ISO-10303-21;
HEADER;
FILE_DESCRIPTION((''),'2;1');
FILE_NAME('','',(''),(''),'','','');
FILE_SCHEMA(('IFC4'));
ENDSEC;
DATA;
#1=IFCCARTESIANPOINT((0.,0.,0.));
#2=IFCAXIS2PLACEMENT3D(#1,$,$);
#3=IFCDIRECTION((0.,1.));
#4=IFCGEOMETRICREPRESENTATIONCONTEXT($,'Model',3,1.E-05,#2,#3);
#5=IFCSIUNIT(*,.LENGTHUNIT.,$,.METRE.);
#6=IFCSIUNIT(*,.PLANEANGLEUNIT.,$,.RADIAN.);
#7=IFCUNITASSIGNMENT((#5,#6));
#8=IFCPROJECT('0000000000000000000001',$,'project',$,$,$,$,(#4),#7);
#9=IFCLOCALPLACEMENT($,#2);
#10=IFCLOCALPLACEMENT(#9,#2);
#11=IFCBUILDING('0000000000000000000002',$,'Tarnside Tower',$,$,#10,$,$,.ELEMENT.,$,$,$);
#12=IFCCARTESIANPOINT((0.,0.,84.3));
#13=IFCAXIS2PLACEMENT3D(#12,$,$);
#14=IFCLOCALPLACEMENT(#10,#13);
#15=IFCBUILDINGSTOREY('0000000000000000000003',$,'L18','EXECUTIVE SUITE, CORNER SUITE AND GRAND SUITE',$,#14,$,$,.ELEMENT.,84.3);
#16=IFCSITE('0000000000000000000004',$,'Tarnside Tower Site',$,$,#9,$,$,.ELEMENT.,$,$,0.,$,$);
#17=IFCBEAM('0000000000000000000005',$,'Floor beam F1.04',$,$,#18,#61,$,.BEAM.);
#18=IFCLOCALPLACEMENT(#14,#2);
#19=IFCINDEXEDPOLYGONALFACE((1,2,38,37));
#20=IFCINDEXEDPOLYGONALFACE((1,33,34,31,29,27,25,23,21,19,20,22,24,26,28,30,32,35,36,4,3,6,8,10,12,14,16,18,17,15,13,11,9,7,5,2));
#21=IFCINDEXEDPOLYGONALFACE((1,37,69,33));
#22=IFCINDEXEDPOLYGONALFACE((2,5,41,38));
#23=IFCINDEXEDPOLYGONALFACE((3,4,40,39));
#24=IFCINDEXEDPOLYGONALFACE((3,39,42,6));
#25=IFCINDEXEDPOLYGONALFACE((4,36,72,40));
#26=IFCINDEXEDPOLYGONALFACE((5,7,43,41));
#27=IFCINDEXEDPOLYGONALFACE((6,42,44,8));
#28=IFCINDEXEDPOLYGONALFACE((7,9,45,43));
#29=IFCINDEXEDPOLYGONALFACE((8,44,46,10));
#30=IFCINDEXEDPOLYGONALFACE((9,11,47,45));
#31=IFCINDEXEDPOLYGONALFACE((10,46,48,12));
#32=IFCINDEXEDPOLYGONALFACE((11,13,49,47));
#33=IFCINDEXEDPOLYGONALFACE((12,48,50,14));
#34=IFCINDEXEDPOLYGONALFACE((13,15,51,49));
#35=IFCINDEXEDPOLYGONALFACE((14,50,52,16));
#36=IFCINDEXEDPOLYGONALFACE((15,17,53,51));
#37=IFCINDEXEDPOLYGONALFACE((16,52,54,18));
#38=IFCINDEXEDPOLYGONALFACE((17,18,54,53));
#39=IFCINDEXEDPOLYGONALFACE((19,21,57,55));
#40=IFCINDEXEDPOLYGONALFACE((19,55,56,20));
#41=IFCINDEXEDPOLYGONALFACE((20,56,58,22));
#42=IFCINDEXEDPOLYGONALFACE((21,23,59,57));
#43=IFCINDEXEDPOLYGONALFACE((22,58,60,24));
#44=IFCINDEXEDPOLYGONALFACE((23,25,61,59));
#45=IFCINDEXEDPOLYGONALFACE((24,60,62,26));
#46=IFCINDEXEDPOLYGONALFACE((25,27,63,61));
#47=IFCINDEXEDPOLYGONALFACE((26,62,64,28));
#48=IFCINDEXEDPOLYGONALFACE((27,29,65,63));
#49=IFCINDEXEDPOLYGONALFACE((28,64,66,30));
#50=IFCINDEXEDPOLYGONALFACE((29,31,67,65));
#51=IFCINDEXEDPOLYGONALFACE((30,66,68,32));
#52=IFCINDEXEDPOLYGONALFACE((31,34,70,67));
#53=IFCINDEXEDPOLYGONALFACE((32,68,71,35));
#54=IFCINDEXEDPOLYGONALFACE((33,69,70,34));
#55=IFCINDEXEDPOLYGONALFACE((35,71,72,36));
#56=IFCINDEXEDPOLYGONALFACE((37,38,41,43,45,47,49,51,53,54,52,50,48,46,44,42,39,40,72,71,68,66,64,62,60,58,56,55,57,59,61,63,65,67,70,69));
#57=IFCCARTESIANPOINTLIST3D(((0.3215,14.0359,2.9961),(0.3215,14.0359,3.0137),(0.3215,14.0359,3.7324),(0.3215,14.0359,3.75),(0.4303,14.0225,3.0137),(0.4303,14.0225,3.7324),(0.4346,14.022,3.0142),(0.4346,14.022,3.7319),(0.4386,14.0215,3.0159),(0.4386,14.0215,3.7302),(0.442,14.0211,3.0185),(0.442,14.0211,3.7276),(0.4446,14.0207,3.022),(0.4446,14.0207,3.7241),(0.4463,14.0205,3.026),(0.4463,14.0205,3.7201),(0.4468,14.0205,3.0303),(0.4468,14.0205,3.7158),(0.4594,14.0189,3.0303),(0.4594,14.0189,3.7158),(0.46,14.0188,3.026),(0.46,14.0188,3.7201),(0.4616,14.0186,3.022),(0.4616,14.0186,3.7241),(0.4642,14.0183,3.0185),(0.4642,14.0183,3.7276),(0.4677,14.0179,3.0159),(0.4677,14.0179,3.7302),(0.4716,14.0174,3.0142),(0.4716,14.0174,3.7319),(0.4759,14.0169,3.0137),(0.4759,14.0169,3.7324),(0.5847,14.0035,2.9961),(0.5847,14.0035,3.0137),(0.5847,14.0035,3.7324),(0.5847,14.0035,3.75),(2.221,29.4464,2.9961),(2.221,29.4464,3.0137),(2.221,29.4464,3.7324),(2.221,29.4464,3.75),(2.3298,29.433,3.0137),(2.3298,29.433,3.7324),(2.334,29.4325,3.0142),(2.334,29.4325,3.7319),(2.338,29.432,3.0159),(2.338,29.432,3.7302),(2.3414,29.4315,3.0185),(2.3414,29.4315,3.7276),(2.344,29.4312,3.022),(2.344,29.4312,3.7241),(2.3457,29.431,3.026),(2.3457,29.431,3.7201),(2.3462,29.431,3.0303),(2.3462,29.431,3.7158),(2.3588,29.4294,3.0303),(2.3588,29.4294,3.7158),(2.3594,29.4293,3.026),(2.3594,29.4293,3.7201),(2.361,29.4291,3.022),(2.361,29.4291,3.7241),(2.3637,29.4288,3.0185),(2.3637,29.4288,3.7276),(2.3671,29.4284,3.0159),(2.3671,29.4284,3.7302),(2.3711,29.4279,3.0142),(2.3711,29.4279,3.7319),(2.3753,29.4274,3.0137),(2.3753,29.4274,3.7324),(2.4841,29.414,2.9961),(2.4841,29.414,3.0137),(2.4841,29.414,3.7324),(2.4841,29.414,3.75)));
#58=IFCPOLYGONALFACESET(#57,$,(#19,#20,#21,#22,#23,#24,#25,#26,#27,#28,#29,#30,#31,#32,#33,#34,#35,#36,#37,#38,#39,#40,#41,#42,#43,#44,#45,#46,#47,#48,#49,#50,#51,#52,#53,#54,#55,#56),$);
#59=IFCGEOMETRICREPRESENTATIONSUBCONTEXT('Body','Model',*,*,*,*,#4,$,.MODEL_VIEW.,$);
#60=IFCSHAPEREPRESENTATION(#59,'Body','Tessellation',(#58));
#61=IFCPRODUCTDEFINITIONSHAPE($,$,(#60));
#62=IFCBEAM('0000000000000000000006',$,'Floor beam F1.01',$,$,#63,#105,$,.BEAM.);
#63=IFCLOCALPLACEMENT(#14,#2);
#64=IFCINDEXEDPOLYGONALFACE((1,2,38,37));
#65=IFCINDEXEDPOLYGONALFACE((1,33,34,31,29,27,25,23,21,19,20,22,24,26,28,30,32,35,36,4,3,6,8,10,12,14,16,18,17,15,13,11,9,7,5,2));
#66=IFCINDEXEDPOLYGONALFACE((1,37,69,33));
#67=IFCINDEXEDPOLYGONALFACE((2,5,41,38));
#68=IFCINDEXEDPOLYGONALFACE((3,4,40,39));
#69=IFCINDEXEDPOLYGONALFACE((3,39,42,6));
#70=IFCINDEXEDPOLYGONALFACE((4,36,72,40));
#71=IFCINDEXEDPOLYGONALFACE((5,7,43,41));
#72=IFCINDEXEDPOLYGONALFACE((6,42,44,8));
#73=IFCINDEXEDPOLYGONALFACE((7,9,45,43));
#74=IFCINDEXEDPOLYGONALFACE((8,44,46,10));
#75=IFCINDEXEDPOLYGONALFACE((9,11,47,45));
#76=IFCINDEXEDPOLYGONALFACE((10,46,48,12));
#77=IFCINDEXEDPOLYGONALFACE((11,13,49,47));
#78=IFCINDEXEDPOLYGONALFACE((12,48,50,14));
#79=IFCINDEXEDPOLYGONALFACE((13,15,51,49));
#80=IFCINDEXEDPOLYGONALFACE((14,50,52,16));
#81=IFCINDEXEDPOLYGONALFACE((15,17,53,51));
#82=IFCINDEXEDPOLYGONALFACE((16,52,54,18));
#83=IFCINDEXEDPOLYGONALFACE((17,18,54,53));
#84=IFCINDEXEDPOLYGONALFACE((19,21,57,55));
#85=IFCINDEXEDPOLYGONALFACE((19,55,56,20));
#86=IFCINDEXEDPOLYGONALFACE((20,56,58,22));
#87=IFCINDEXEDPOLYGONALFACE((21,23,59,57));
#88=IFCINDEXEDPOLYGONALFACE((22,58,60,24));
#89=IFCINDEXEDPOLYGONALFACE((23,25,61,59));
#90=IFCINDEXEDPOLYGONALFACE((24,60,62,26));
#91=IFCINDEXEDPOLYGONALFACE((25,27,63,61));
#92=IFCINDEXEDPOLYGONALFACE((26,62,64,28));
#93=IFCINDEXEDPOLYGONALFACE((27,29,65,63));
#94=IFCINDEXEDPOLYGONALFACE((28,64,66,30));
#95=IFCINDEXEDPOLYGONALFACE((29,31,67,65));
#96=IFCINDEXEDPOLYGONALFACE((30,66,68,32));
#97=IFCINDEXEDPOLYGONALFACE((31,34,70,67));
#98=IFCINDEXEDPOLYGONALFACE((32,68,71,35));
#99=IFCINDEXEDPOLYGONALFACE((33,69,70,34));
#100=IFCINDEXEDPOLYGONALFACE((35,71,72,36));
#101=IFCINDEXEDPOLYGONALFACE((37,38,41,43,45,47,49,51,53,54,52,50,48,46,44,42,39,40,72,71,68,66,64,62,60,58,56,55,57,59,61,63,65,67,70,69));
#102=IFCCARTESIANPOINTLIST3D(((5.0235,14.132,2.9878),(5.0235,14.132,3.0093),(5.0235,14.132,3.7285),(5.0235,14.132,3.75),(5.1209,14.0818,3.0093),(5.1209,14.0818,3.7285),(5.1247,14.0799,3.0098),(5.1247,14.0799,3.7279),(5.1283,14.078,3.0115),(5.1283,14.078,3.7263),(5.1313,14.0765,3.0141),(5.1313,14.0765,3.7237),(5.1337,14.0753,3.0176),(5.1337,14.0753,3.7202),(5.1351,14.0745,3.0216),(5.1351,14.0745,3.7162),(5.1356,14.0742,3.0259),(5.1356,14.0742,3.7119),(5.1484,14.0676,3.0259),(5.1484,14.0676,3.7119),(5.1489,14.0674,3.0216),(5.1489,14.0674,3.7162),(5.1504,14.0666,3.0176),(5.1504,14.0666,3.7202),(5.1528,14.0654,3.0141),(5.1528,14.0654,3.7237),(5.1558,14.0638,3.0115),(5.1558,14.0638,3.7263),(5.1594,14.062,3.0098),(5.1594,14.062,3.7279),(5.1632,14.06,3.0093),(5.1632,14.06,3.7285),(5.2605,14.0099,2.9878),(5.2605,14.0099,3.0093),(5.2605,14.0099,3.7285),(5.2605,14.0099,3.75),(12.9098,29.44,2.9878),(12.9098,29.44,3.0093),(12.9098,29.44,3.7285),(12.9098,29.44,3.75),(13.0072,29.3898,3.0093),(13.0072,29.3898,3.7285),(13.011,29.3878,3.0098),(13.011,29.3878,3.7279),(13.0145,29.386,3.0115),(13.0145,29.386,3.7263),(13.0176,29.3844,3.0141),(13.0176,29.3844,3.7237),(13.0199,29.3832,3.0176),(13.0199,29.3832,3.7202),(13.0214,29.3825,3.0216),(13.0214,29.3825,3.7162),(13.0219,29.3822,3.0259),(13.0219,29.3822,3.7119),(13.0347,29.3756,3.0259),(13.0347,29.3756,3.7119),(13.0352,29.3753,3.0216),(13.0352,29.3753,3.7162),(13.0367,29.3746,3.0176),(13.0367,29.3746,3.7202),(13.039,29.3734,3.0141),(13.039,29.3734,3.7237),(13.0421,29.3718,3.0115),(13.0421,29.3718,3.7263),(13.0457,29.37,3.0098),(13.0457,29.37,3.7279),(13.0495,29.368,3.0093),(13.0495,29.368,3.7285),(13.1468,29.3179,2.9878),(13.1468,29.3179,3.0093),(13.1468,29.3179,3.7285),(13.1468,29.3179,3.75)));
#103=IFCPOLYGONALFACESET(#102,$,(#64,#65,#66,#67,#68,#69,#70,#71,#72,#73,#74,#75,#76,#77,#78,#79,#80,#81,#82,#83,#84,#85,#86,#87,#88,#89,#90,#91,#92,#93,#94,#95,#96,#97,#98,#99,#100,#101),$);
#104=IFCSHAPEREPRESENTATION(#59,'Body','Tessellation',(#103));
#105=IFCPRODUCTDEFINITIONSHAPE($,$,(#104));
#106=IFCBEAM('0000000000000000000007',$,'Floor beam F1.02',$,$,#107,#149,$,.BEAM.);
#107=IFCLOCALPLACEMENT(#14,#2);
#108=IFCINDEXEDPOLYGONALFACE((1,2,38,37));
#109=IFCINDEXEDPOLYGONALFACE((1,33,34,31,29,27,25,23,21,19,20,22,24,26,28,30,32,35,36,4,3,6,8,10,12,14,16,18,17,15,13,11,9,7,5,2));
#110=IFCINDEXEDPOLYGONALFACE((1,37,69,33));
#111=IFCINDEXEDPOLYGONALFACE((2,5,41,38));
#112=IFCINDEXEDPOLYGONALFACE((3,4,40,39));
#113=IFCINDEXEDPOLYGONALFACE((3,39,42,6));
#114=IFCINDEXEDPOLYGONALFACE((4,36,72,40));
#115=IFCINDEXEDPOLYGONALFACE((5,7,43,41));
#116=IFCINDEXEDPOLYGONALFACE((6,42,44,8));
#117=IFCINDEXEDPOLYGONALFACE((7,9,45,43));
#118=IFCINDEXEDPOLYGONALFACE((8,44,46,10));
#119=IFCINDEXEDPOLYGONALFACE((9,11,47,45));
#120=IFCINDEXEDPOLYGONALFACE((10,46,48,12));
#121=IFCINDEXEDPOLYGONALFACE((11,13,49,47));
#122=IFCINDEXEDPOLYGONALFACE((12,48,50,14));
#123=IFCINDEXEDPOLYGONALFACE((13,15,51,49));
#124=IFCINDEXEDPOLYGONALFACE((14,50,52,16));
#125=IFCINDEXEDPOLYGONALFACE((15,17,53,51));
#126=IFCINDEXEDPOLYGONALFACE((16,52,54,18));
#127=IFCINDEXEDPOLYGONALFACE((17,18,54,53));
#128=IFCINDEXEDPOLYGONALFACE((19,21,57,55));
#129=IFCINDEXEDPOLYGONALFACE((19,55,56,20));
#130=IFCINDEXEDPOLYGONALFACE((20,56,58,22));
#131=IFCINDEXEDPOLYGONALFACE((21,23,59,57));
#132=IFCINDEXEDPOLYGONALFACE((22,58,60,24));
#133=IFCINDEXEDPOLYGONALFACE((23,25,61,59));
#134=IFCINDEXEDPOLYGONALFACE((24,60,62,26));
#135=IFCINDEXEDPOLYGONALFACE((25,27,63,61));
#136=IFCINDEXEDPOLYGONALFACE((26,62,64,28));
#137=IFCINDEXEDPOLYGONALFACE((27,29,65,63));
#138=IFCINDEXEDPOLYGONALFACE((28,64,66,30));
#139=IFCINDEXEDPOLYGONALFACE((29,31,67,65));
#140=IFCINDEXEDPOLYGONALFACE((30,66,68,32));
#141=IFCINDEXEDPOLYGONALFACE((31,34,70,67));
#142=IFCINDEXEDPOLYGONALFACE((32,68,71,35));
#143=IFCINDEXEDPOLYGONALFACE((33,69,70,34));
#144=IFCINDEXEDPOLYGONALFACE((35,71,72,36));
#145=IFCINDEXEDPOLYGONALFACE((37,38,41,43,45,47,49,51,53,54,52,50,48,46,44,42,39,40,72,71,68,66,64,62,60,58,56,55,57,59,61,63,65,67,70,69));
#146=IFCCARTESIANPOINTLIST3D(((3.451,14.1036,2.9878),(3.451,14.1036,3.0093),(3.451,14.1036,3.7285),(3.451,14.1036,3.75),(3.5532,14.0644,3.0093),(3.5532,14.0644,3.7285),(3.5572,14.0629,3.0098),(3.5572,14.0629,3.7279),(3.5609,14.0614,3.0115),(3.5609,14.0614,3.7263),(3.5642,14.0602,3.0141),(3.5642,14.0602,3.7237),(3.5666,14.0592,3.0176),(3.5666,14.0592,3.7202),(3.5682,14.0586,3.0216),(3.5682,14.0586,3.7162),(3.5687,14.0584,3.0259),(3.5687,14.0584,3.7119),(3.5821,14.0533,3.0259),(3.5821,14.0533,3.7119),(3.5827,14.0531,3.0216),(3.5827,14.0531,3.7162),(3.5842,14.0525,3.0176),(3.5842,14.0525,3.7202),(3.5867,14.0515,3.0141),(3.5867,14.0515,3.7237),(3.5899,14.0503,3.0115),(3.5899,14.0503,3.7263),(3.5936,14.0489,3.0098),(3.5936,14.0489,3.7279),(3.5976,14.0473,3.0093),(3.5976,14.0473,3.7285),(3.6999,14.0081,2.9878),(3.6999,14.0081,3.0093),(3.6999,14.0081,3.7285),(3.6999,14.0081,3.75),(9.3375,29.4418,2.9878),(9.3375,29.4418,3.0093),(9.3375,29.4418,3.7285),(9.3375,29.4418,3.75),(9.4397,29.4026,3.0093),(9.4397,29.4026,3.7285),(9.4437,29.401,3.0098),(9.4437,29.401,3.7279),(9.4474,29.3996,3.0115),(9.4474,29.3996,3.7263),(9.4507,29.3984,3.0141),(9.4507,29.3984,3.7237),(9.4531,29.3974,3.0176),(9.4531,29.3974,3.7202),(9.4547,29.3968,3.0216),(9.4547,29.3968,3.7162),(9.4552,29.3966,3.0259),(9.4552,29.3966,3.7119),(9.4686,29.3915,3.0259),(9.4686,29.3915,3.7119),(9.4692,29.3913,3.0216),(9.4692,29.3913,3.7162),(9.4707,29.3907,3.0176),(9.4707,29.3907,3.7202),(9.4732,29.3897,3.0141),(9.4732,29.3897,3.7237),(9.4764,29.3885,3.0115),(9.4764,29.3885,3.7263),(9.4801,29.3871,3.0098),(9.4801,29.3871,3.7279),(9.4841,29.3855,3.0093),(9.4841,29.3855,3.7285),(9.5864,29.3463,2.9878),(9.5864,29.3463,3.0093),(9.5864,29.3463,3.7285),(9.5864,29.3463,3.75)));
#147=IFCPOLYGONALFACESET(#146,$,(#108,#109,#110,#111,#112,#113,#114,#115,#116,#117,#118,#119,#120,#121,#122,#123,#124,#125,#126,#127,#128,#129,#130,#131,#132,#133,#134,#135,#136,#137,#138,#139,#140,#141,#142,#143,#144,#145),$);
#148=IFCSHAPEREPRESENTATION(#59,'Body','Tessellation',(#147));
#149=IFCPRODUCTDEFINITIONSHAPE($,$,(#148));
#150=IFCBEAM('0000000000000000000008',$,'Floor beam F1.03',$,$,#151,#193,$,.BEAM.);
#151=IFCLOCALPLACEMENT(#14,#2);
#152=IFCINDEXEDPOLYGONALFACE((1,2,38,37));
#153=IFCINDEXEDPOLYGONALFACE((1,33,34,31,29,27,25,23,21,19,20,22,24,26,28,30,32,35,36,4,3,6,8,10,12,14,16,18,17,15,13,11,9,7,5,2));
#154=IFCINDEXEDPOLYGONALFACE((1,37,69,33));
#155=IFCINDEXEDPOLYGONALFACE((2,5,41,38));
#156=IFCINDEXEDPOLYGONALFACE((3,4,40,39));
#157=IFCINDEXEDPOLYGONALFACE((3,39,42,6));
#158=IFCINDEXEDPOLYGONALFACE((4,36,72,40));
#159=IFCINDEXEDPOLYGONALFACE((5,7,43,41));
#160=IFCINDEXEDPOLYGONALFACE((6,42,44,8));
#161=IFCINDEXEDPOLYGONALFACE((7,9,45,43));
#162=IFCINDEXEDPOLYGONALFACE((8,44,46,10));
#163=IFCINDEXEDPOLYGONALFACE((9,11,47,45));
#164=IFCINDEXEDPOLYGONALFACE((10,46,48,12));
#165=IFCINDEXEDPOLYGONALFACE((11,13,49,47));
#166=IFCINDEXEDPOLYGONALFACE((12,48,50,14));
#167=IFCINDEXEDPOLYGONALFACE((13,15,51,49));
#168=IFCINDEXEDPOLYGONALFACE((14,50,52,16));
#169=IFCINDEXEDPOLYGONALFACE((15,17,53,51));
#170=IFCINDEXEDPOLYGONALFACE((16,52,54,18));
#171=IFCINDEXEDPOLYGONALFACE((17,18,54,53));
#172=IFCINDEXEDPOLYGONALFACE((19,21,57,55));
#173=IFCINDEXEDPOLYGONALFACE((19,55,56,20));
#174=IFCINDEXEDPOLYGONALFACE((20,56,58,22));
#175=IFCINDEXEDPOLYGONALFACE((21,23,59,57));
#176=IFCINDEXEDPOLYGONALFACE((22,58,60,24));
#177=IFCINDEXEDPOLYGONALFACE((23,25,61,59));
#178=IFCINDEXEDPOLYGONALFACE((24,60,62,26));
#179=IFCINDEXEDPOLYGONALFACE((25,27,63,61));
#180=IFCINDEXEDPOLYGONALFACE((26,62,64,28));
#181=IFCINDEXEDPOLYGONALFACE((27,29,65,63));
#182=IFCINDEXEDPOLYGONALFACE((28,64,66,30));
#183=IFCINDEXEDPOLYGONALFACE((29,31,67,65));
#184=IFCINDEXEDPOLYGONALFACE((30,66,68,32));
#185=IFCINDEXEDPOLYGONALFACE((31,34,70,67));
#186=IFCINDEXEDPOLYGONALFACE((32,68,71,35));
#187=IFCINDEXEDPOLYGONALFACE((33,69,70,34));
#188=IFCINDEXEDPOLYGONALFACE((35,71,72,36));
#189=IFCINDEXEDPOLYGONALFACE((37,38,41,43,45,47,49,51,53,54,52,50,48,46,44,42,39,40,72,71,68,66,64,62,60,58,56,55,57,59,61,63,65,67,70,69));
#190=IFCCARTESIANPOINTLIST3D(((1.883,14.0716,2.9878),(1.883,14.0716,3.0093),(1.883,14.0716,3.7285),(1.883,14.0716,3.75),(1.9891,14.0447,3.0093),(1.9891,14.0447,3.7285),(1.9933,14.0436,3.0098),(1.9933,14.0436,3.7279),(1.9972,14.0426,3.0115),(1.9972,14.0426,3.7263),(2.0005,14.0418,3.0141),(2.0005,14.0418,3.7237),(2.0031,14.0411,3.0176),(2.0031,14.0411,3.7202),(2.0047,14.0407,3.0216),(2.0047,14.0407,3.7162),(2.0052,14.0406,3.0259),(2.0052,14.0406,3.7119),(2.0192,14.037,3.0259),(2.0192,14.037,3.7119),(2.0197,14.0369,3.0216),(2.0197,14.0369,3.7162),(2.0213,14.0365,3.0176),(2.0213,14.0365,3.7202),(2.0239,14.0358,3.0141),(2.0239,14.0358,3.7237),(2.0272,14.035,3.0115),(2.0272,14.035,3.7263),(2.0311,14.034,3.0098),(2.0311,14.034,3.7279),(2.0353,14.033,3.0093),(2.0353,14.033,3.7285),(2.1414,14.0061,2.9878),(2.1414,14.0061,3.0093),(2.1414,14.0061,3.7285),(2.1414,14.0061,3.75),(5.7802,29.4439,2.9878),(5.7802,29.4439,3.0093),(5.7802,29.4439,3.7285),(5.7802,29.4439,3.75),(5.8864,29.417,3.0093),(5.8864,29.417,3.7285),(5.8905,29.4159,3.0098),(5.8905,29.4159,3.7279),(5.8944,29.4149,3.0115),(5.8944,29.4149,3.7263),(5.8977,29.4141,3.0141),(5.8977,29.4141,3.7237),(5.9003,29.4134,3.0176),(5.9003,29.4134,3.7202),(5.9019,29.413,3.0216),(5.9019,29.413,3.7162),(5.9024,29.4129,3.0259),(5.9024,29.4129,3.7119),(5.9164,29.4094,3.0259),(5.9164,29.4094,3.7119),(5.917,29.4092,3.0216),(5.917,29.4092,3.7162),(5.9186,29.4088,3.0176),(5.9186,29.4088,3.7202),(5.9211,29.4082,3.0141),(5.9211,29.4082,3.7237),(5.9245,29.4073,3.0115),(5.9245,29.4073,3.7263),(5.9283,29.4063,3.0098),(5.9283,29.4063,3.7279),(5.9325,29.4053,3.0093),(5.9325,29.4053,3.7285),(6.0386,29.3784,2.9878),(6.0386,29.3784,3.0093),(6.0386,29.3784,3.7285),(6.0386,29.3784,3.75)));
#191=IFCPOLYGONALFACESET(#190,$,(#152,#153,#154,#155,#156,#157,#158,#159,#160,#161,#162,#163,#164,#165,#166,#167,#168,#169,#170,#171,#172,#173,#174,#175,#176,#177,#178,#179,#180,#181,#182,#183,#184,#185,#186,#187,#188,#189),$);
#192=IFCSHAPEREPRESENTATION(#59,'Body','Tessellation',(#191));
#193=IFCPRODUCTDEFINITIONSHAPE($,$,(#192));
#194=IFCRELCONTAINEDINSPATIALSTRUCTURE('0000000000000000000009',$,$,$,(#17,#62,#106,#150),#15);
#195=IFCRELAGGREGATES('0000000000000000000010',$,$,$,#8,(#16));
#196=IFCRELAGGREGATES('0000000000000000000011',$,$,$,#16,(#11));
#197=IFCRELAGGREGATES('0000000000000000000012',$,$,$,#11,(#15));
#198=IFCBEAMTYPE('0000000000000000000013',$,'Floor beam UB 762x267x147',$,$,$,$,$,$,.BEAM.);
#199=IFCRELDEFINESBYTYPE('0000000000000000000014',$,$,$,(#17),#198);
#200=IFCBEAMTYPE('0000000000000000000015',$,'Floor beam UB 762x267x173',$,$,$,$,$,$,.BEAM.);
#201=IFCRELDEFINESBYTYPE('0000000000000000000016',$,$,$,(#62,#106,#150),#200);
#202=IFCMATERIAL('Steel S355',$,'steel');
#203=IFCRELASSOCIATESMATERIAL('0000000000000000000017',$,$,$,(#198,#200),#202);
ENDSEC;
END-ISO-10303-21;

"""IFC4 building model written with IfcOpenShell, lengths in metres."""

from ifc_helpers import new_model, si_unit, direction, frame, origin, origin_2d, place, context, subcontext, project, spatial, i_section, extrude, material, material_profile, profile_set, type_object, element, save


model = new_model("IFC4")

# Units and contexts
model_context = context("Model", 3, precision=1e-05, world=origin(), true_north=direction((0.0, 1.0)))
body_context = subcontext(model_context, "Body", "Model", "MODEL_VIEW")
ifc_project = project(units=[si_unit("LENGTHUNIT", "METRE"), si_unit("PLANEANGLEUNIT", "RADIAN")], contexts=[model_context])

# Site, building, storey
site_placement = place(None, origin())
site = spatial("IfcSite", under=ifc_project, at=site_placement, Name="Tarnside Tower Site", CompositionType="ELEMENT", RefElevation=0.0)
building_placement = place(site_placement, origin())
building = spatial("IfcBuilding", under=site, at=building_placement, Name="Tarnside Tower", CompositionType="ELEMENT")
storey_placement = place(building_placement, frame((0.0, 0.0, 84.3)))
storey = spatial("IfcBuildingStorey", under=building, at=storey_placement, Name="L18", Description="EXECUTIVE SUITE, CORNER SUITE AND GRAND SUITE", CompositionType="ELEMENT", Elevation=84.3)

# Beams
ifc_material_1 = material(Name="Steel S355", Category="steel")
ifc_material_profile_1 = material_profile(ifc_material_1, i_section(OverallWidth=0.2651, OverallDepth=0.7539, WebThickness=0.0127, FlangeThickness=0.0176, FilletRadius=0.0166, at=origin_2d()), Name="UB 762x267x147")
ifc_profile_set_1 = profile_set([ifc_material_profile_1], Name="Steel S355")
beam_type_1 = type_object("IfcBeamType", Name="Floor beam UB 762x267x147", PredefinedType="BEAM", material=ifc_profile_set_1)
beam_1_placement = place(storey_placement, frame((2.3525, 29.4302, 3.373), z_axis=(-0.12233, -0.99249, 0.0), x_axis=(0.99249, -0.12233, 0.0)))
element("IfcBeam", 1, at=beam_1_placement, inside=storey, type_object=beam_type_1, Name="Floor beam F1.04", PredefinedType="BEAM", context=body_context, shape_type="SweptSolid", body=[
    extrude(i_section(OverallWidth=0.2651, OverallDepth=0.7539, WebThickness=0.0127, FlangeThickness=0.0176, FilletRadius=0.0166, at=origin_2d()), origin(), (0.0, 0.0, 1.0), 15.5271),
])
ifc_material_profile_2 = material_profile(ifc_material_1, i_section(OverallWidth=0.2666, OverallDepth=0.7622, WebThickness=0.0144, FlangeThickness=0.0215, FilletRadius=0.0166, at=origin_2d()), Name="UB 762x267x173")
ifc_profile_set_2 = profile_set([ifc_material_profile_2], Name="Steel S355")
beam_type_2 = type_object("IfcBeamType", Name="Floor beam UB 762x267x173", PredefinedType="BEAM", material=ifc_profile_set_2)
beam_2_placement = place(storey_placement, frame((13.0283, 29.3789, 3.3689), z_axis=(-0.457973, -0.888966, 0.0), x_axis=(0.888966, -0.457973, 0.0)))
element("IfcBeam", 2, at=beam_2_placement, inside=storey, type_object=beam_type_2, Name="Floor beam F1.01", PredefinedType="BEAM", context=body_context, shape_type="SweptSolid", body=[
    extrude(i_section(OverallWidth=0.2666, OverallDepth=0.7622, WebThickness=0.0144, FlangeThickness=0.0215, FilletRadius=0.0166, at=origin_2d()), origin(), (0.0, 0.0, 1.0), 17.22),
])
beam_3_placement = place(storey_placement, frame((9.4619, 29.394, 3.3689), z_axis=(-0.3583, -0.933607, 0.0), x_axis=(0.933607, -0.3583, 0.0)))
element("IfcBeam", 3, at=beam_3_placement, inside=storey, type_object=beam_type_2, Name="Floor beam F1.02", PredefinedType="BEAM", context=body_context, shape_type="SweptSolid", body=[
    extrude(i_section(OverallWidth=0.2666, OverallDepth=0.7622, WebThickness=0.0144, FlangeThickness=0.0215, FilletRadius=0.0166, at=origin_2d()), origin(), (0.0, 0.0, 1.0), 16.429),
])
beam_4_placement = place(storey_placement, frame((5.9094, 29.4111, 3.3689), z_axis=(-0.245747, -0.969334, 0.0), x_axis=(0.969334, -0.245747, 0.0)))
element("IfcBeam", 4, at=beam_4_placement, inside=storey, type_object=beam_type_2, Name="Floor beam F1.03", PredefinedType="BEAM", context=body_context, shape_type="SweptSolid", body=[
    extrude(i_section(OverallWidth=0.2666, OverallDepth=0.7622, WebThickness=0.0144, FlangeThickness=0.0215, FilletRadius=0.0166, at=origin_2d()), origin(), (0.0, 0.0, 1.0), 15.8586),
])

save(model, "model.ifc")
